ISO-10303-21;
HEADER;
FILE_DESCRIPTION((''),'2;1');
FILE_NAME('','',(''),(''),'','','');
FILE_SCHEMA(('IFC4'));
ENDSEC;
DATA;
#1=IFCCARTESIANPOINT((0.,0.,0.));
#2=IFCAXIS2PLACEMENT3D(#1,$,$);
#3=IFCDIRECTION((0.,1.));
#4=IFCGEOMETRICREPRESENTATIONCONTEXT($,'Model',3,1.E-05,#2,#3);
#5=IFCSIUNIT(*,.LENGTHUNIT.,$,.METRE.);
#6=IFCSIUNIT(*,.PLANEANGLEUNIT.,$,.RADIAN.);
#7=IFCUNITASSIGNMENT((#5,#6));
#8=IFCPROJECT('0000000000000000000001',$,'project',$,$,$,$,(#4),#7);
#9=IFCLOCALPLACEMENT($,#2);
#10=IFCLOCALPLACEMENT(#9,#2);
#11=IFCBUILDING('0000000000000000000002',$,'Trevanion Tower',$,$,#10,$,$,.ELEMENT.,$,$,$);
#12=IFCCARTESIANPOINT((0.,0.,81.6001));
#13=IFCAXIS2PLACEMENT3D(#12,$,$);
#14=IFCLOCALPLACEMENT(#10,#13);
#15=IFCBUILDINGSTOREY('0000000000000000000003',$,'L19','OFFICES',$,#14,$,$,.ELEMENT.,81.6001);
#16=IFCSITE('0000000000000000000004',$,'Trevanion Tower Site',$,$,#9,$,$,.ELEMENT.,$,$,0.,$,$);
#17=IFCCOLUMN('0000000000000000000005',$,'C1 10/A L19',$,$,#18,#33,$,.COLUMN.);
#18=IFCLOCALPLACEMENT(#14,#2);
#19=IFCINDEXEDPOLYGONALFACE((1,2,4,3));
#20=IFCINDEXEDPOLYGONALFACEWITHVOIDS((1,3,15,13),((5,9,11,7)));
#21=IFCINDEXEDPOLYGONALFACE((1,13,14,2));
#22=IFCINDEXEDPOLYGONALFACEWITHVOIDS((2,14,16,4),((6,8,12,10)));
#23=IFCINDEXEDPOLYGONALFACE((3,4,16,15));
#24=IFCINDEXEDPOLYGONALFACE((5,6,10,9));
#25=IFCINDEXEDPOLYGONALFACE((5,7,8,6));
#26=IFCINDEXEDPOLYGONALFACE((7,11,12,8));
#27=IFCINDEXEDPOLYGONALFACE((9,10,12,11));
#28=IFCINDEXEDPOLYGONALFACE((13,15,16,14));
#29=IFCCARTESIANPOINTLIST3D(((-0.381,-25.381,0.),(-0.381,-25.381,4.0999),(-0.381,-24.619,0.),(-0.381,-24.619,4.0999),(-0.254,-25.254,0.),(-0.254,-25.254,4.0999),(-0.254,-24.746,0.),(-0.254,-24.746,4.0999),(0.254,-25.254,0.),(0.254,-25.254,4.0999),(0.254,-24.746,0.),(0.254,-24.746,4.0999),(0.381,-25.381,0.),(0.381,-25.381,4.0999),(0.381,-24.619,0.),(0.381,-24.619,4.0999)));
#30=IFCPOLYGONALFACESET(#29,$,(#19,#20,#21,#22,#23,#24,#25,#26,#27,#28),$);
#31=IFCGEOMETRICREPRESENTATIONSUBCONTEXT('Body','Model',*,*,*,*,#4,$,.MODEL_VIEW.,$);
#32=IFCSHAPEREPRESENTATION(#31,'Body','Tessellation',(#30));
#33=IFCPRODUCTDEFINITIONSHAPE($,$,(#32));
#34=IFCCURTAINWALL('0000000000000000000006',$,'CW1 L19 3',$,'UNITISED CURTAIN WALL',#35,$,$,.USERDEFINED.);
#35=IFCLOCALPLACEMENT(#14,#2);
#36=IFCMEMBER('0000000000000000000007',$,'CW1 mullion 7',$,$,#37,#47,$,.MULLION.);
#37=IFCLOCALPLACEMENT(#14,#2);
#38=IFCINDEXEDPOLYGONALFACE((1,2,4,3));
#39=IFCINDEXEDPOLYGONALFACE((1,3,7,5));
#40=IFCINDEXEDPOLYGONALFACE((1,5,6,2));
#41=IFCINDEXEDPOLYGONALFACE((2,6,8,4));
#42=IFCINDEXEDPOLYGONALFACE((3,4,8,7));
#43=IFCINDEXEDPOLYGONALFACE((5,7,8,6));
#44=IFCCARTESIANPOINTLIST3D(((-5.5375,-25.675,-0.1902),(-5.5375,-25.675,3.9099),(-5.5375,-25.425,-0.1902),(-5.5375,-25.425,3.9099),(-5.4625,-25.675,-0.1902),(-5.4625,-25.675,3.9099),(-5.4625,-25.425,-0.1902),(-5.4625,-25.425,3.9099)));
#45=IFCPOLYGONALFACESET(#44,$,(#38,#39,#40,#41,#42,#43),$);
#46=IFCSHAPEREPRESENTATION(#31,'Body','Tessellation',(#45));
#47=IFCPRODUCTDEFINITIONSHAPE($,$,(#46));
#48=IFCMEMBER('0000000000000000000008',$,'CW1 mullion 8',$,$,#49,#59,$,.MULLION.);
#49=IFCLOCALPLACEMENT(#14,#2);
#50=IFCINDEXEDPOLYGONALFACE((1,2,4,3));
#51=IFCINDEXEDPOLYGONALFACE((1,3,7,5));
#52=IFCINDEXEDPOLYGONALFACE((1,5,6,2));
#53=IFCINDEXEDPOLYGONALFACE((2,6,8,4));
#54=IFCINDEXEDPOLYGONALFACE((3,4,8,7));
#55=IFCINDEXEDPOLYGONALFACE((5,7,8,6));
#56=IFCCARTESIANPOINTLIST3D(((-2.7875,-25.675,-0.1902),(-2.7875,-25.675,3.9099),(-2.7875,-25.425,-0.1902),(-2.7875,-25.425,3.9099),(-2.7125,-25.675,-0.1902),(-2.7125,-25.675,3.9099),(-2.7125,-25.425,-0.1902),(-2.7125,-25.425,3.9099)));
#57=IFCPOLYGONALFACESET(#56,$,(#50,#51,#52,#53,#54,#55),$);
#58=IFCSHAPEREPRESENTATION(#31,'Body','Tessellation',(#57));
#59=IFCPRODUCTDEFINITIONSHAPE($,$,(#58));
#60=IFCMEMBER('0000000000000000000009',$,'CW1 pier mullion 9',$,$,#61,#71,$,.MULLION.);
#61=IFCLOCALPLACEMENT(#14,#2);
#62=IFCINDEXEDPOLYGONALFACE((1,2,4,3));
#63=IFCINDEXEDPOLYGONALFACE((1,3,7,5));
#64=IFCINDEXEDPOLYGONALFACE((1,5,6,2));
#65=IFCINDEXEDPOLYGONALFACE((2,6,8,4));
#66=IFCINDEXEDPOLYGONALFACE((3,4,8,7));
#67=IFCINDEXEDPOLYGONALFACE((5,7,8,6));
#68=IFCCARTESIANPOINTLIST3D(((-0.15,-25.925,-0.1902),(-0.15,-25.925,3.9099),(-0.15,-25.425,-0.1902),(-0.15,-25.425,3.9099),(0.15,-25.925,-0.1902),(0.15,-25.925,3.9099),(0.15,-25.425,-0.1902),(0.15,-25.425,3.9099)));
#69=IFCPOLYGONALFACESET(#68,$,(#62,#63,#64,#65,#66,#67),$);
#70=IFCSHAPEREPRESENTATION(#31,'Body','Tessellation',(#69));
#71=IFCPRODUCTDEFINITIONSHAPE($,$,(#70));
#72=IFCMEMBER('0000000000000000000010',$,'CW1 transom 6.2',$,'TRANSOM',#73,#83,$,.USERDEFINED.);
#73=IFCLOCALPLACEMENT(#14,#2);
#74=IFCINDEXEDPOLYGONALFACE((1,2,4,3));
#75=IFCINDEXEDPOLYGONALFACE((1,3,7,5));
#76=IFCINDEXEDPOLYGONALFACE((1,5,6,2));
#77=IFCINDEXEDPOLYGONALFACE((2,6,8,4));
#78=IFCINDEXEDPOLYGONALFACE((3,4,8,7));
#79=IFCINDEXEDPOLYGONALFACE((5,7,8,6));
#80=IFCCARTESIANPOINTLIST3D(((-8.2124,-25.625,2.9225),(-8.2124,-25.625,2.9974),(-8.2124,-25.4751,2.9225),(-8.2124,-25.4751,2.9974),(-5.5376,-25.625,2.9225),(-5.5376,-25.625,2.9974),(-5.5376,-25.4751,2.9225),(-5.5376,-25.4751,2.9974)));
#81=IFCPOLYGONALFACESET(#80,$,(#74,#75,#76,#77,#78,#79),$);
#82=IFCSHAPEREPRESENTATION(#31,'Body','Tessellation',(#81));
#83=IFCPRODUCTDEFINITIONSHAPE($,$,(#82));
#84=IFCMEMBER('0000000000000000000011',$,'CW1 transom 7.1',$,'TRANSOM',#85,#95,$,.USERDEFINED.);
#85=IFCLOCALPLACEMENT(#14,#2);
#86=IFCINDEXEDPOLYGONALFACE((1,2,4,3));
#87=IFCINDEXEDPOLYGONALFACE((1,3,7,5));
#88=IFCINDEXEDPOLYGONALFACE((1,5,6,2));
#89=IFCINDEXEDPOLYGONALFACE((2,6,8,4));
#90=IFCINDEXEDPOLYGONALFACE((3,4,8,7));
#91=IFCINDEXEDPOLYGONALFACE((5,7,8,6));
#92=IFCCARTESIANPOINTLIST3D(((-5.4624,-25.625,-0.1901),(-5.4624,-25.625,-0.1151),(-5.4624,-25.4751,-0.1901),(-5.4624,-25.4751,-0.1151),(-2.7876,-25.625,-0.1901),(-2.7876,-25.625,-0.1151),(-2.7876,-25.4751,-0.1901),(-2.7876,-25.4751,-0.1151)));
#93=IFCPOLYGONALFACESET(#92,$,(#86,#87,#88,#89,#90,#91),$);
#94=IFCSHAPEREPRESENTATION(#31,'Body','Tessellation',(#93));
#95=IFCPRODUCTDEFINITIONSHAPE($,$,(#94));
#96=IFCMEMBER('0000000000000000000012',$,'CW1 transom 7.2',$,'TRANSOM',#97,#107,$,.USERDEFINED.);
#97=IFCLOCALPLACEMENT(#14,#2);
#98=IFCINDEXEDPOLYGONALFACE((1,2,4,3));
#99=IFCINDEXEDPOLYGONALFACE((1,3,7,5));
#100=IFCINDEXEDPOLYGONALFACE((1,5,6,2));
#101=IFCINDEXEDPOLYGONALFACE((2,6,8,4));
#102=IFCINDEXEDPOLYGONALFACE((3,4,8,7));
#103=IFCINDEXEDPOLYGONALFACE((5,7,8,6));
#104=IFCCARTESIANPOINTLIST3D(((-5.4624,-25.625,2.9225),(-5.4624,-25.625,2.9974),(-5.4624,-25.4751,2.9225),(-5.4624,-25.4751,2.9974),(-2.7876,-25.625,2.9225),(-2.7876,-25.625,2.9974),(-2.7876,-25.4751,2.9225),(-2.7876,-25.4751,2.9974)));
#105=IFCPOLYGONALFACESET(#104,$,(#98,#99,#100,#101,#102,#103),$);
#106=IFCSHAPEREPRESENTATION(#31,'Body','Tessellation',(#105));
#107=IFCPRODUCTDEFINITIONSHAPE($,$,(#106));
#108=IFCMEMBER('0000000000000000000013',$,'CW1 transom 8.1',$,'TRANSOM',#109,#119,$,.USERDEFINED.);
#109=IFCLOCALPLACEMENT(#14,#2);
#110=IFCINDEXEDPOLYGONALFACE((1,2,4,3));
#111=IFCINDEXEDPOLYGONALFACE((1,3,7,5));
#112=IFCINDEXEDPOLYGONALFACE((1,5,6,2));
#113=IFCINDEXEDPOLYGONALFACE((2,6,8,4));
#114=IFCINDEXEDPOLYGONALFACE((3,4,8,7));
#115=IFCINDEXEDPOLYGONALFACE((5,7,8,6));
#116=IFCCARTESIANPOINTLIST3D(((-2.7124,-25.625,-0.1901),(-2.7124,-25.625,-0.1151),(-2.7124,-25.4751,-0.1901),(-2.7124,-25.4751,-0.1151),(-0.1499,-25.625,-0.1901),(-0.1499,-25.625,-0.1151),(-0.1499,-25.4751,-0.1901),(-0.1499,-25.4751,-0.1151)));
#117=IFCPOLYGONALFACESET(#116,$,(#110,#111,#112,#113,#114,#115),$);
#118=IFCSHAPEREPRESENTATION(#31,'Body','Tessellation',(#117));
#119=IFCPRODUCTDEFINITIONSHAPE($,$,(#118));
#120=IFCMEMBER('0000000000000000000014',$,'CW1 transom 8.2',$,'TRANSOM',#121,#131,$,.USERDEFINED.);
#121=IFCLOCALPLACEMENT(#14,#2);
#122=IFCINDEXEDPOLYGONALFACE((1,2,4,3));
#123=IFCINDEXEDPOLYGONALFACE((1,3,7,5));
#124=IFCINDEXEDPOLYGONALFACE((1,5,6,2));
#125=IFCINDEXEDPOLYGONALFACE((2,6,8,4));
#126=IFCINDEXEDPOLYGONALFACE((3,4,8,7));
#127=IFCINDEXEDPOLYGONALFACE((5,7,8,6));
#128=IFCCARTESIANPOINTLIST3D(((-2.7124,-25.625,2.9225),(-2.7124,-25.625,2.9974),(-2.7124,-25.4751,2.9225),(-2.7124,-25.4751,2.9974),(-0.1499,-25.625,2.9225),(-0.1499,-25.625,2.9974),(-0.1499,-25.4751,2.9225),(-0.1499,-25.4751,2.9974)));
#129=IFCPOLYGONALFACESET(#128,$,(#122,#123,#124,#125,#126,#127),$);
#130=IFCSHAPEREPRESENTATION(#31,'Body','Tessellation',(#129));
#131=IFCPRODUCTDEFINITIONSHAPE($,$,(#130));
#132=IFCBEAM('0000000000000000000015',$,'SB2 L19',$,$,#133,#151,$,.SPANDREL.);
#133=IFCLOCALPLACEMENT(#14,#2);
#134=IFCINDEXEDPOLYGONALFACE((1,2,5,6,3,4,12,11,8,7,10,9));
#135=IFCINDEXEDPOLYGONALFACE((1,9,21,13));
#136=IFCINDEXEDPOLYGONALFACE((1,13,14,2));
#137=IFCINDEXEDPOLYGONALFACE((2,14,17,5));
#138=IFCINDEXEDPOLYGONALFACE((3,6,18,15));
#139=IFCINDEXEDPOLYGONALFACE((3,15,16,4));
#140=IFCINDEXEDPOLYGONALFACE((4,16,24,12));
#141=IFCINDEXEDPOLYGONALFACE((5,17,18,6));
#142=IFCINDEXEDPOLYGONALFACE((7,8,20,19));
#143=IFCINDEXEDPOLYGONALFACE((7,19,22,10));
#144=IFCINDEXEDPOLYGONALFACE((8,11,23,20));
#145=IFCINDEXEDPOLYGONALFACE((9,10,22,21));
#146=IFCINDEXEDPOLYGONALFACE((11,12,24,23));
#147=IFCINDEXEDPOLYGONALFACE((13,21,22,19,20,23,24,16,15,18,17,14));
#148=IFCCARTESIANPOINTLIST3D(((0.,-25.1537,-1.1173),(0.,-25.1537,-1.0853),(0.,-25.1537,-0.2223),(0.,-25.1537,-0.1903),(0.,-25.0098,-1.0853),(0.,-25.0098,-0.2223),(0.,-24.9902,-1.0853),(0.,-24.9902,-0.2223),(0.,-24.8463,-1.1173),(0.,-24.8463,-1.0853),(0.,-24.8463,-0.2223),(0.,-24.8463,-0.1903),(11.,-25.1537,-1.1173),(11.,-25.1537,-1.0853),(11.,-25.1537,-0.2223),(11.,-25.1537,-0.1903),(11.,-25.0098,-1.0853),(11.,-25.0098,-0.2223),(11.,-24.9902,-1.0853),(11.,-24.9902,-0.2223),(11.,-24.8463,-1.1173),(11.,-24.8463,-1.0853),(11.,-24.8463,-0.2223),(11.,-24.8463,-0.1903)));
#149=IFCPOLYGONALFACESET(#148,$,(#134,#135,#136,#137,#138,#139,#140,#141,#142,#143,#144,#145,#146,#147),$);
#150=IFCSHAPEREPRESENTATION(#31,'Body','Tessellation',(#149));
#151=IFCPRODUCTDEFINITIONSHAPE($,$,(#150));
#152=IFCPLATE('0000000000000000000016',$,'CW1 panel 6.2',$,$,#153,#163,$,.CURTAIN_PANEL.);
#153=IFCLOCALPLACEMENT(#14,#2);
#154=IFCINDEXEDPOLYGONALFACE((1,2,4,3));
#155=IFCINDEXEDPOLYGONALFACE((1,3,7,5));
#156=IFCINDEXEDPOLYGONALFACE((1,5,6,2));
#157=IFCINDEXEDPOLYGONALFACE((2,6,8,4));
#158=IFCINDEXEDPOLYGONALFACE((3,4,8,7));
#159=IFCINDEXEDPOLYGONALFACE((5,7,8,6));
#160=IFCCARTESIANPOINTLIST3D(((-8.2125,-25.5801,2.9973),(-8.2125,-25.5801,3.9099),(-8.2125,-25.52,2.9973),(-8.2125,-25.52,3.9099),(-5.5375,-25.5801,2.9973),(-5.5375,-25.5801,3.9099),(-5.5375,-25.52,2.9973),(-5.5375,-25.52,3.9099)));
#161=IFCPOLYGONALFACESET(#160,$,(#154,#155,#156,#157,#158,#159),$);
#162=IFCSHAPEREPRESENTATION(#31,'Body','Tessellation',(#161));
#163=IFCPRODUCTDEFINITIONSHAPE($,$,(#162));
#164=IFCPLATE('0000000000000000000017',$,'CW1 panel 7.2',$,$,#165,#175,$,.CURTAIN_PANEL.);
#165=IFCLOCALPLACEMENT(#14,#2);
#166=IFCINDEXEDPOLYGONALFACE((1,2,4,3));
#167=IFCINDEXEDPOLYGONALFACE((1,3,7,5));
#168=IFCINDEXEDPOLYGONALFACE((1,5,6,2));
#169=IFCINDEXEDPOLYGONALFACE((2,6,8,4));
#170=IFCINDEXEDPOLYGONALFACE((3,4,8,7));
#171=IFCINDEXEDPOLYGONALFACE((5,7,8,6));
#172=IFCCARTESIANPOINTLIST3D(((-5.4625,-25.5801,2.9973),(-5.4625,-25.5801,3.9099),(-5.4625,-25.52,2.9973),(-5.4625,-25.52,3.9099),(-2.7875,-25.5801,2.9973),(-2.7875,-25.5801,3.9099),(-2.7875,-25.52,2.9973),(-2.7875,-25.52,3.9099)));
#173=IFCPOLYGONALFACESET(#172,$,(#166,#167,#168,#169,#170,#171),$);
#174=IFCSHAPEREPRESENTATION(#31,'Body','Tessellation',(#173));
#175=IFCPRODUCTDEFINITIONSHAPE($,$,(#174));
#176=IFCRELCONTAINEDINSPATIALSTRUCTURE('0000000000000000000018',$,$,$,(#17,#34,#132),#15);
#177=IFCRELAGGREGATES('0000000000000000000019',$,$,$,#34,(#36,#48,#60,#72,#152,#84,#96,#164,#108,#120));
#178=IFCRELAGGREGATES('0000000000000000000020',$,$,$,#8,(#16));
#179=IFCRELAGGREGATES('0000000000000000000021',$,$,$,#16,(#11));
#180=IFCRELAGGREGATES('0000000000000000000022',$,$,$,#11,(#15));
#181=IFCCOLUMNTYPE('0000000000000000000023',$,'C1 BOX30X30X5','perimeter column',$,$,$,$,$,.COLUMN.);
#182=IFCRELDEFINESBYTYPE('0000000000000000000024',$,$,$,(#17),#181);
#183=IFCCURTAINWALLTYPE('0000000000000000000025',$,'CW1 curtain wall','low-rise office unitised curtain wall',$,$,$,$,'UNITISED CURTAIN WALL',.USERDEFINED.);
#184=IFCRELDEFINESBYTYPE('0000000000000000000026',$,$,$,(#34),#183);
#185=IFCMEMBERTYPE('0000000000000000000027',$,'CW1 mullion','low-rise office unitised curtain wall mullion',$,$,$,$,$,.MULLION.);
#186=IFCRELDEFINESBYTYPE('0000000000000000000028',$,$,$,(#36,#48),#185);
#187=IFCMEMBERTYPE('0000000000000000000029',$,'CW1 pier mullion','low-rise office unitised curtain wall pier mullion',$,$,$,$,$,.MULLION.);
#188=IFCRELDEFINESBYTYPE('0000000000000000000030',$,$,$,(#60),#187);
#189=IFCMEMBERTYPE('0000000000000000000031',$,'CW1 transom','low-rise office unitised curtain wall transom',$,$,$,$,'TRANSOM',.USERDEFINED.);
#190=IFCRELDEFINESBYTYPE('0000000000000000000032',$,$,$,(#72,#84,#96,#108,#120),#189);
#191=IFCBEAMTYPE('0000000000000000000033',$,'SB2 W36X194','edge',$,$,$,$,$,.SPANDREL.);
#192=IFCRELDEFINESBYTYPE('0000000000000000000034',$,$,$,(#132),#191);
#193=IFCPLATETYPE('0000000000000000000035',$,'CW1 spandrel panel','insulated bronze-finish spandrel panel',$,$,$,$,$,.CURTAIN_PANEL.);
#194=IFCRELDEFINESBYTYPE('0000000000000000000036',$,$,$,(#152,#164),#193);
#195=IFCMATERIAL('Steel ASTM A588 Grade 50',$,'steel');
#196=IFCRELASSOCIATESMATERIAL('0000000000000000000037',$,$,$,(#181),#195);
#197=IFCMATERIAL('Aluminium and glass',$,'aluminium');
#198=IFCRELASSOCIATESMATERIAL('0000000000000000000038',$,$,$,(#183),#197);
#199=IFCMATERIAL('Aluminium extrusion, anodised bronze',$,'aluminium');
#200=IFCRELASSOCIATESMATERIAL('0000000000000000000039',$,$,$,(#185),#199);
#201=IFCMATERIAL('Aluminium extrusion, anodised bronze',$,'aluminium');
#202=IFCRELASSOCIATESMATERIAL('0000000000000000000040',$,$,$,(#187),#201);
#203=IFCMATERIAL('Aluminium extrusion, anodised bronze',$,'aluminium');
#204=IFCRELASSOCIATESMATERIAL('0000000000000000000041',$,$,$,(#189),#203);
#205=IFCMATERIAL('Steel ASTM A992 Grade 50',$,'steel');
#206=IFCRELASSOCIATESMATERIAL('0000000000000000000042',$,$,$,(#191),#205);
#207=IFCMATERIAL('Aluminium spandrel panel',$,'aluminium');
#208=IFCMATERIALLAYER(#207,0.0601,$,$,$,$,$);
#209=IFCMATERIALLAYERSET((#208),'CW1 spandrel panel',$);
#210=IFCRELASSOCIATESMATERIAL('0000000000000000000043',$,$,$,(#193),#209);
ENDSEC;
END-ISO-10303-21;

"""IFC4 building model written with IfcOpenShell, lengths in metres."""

from ifc_helpers import new_model, si_unit, direction, frame, origin, origin_2d, place, context, subcontext, project, spatial, rectangle, hollow_rectangle, i_section, extrude, material, layer, layer_set, material_profile, profile_set, type_object, element, aggregate, save


model = new_model("IFC4")

# Units and contexts
model_context = context("Model", 3, precision=1e-05, world=origin(), true_north=direction((0.0, 1.0)))
body_context = subcontext(model_context, "Body", "Model", "MODEL_VIEW")
ifc_project = project(units=[si_unit("LENGTHUNIT", "METRE"), si_unit("PLANEANGLEUNIT", "RADIAN")], contexts=[model_context])

# Site, building, storey
site_placement = place(None, origin())
site = spatial("IfcSite", under=ifc_project, at=site_placement, Name="Trevanion Tower Site", CompositionType="ELEMENT", RefElevation=0.0)
building_placement = place(site_placement, origin())
building = spatial("IfcBuilding", under=site, at=building_placement, Name="Trevanion Tower", CompositionType="ELEMENT")
storey_placement = place(building_placement, frame((0.0, 0.0, 81.6001)))
storey = spatial("IfcBuildingStorey", under=building, at=storey_placement, Name="L19", Description="OFFICES", CompositionType="ELEMENT", Elevation=81.6001)

# Column
ifc_material_1 = material(Name="Steel ASTM A588 Grade 50", Category="steel")
ifc_material_profile_1 = material_profile(ifc_material_1, hollow_rectangle(XDim=0.762, YDim=0.762, WallThickness=0.127, at=origin_2d()), Name="BOX30X30X5")
ifc_profile_set_1 = profile_set([ifc_material_profile_1], Name="Steel ASTM A588 Grade 50")
column_type = type_object("IfcColumnType", Name="C1 BOX30X30X5", Description="perimeter column", PredefinedType="COLUMN", material=ifc_profile_set_1)
column_placement = place(storey_placement, frame((0.0, -25.0, 0.0), z_axis=(0.0, 0.0, 1.0), x_axis=(1.0, 0.0, 0.0)))
element("IfcColumn", 1, at=column_placement, inside=storey, type_object=column_type, Name="C1 10/A L19", PredefinedType="COLUMN", context=body_context, shape_type="SweptSolid", body=[
    extrude(hollow_rectangle(XDim=0.762, YDim=0.762, WallThickness=0.127, at=origin_2d()), origin(), (0.0, 0.0, 1.0), 4.0999),
])

# Curtain wall, members
ifc_material_2 = material(Name="Aluminium and glass", Category="aluminium")
curtain_wall_type = type_object("IfcCurtainWallType", Name="CW1 curtain wall", Description="low-rise office unitised curtain wall", ElementType="UNITISED CURTAIN WALL", PredefinedType="USERDEFINED", material=ifc_material_2)
curtain_wall_placement = place(storey_placement, origin())
curtain_wall = element("IfcCurtainWall", 2, at=curtain_wall_placement, inside=storey, type_object=curtain_wall_type, Name="CW1 L19 3", ObjectType="UNITISED CURTAIN WALL", PredefinedType="USERDEFINED")
ifc_material_3 = material(Name="Aluminium extrusion, anodised bronze", Category="aluminium")
ifc_material_profile_2 = material_profile(ifc_material_3, rectangle(XDim=0.075, YDim=0.25, at=origin_2d()), Name="CW1 mullion")
ifc_profile_set_2 = profile_set([ifc_material_profile_2], Name="Aluminium extrusion, anodised bronze")
member_type_1 = type_object("IfcMemberType", Name="CW1 mullion", Description="low-rise office unitised curtain wall mullion", PredefinedType="MULLION", material=ifc_profile_set_2)
member_1_placement = place(storey_placement, frame((-5.5, -25.55, -0.1902), z_axis=(0.0, 0.0, 1.0), x_axis=(1.0, 0.0, 0.0)))
member_1 = element("IfcMember", 3, at=member_1_placement, type_object=member_type_1, Name="CW1 mullion 7", PredefinedType="MULLION", context=body_context, shape_type="SweptSolid", body=[
    extrude(rectangle(XDim=0.075, YDim=0.25, at=origin_2d()), origin(), (0.0, 0.0, 1.0), 4.1001),
])
member_2_placement = place(storey_placement, frame((-2.75, -25.55, -0.1902), z_axis=(0.0, 0.0, 1.0), x_axis=(1.0, 0.0, 0.0)))
member_2 = element("IfcMember", 4, at=member_2_placement, type_object=member_type_1, Name="CW1 mullion 8", PredefinedType="MULLION", context=body_context, shape_type="SweptSolid", body=[
    extrude(rectangle(XDim=0.075, YDim=0.25, at=origin_2d()), origin(), (0.0, 0.0, 1.0), 4.1001),
])
ifc_material_4 = material(Name="Aluminium extrusion, anodised bronze", Category="aluminium")
ifc_material_profile_3 = material_profile(ifc_material_4, rectangle(XDim=0.3, YDim=0.5, at=origin_2d()), Name="CW1 pier mullion")
ifc_profile_set_3 = profile_set([ifc_material_profile_3], Name="Aluminium extrusion, anodised bronze")
member_type_2 = type_object("IfcMemberType", Name="CW1 pier mullion", Description="low-rise office unitised curtain wall pier mullion", PredefinedType="MULLION", material=ifc_profile_set_3)
member_3_placement = place(storey_placement, frame((0.0, -25.675, -0.1902), z_axis=(0.0, 0.0, 1.0), x_axis=(1.0, 0.0, 0.0)))
member_3 = element("IfcMember", 5, at=member_3_placement, type_object=member_type_2, Name="CW1 pier mullion 9", PredefinedType="MULLION", context=body_context, shape_type="SweptSolid", body=[
    extrude(rectangle(XDim=0.3, YDim=0.5, at=origin_2d()), origin(), (0.0, 0.0, 1.0), 4.1001),
])
ifc_material_5 = material(Name="Aluminium extrusion, anodised bronze", Category="aluminium")
ifc_material_profile_4 = material_profile(ifc_material_5, rectangle(XDim=0.1499, YDim=0.075, at=origin_2d()), Name="CW1 transom")
ifc_profile_set_4 = profile_set([ifc_material_profile_4], Name="Aluminium extrusion, anodised bronze")
member_type_3 = type_object("IfcMemberType", Name="CW1 transom", Description="low-rise office unitised curtain wall transom", ElementType="TRANSOM", PredefinedType="USERDEFINED", material=ifc_profile_set_4)
member_4_placement = place(storey_placement, frame((-8.2124, -25.55, 2.96), z_axis=(1.0, 0.0, 0.0), x_axis=(0.0, 1.0, 0.0)))
member_4 = element("IfcMember", 6, at=member_4_placement, type_object=member_type_3, Name="CW1 transom 6.2", ObjectType="TRANSOM", PredefinedType="USERDEFINED", context=body_context, shape_type="SweptSolid", body=[
    extrude(rectangle(XDim=0.1499, YDim=0.075, at=origin_2d()), origin(), (0.0, 0.0, 1.0), 2.6748),
])
member_5_placement = place(storey_placement, frame((-5.4624, -25.55, -0.1526), z_axis=(1.0, 0.0, 0.0), x_axis=(0.0, 1.0, 0.0)))
member_5 = element("IfcMember", 7, at=member_5_placement, type_object=member_type_3, Name="CW1 transom 7.1", ObjectType="TRANSOM", PredefinedType="USERDEFINED", context=body_context, shape_type="SweptSolid", body=[
    extrude(rectangle(XDim=0.1499, YDim=0.075, at=origin_2d()), origin(), (0.0, 0.0, 1.0), 2.6748),
])
member_6_placement = place(storey_placement, frame((-5.4624, -25.55, 2.96), z_axis=(1.0, 0.0, 0.0), x_axis=(0.0, 1.0, 0.0)))
member_6 = element("IfcMember", 8, at=member_6_placement, type_object=member_type_3, Name="CW1 transom 7.2", ObjectType="TRANSOM", PredefinedType="USERDEFINED", context=body_context, shape_type="SweptSolid", body=[
    extrude(rectangle(XDim=0.1499, YDim=0.075, at=origin_2d()), origin(), (0.0, 0.0, 1.0), 2.6748),
])
member_7_placement = place(storey_placement, frame((-2.7124, -25.55, -0.1526), z_axis=(1.0, 0.0, 0.0), x_axis=(0.0, 1.0, 0.0)))
member_7 = element("IfcMember", 9, at=member_7_placement, type_object=member_type_3, Name="CW1 transom 8.1", ObjectType="TRANSOM", PredefinedType="USERDEFINED", context=body_context, shape_type="SweptSolid", body=[
    extrude(rectangle(XDim=0.1499, YDim=0.075, at=origin_2d()), origin(), (0.0, 0.0, 1.0), 2.5625),
])
member_8_placement = place(storey_placement, frame((-2.7124, -25.55, 2.96), z_axis=(1.0, 0.0, 0.0), x_axis=(0.0, 1.0, 0.0)))
member_8 = element("IfcMember", 10, at=member_8_placement, type_object=member_type_3, Name="CW1 transom 8.2", ObjectType="TRANSOM", PredefinedType="USERDEFINED", context=body_context, shape_type="SweptSolid", body=[
    extrude(rectangle(XDim=0.1499, YDim=0.075, at=origin_2d()), origin(), (0.0, 0.0, 1.0), 2.5625),
])

# Beam
ifc_material_6 = material(Name="Steel ASTM A992 Grade 50", Category="steel")
ifc_material_profile_5 = material_profile(ifc_material_6, i_section(OverallWidth=0.3074, OverallDepth=0.927, WebThickness=0.0195, FlangeThickness=0.032, at=origin_2d()), Name="W36X194")
ifc_profile_set_5 = profile_set([ifc_material_profile_5], Name="Steel ASTM A992 Grade 50")
beam_type = type_object("IfcBeamType", Name="SB2 W36X194", Description="edge", PredefinedType="SPANDREL", material=ifc_profile_set_5)
beam_placement = place(storey_placement, frame((0.0, -25.0, -0.6538), z_axis=(1.0, 0.0, 0.0), x_axis=(0.0, 1.0, 0.0)))
element("IfcBeam", 11, at=beam_placement, inside=storey, type_object=beam_type, Name="SB2 L19", PredefinedType="SPANDREL", context=body_context, shape_type="SweptSolid", body=[
    extrude(i_section(OverallWidth=0.3074, OverallDepth=0.927, WebThickness=0.0195, FlangeThickness=0.032, at=origin_2d()), origin(), (0.0, 0.0, 1.0), 11.0),
])

# Plates
ifc_material_7 = material(Name="Aluminium spandrel panel", Category="aluminium")
ifc_layer_1 = layer(ifc_material_7, 0.0601)
ifc_layer_set_1 = layer_set([ifc_layer_1], Name="CW1 spandrel panel")
plate_type_1 = type_object("IfcPlateType", Name="CW1 spandrel panel", Description="insulated bronze-finish spandrel panel", PredefinedType="CURTAIN_PANEL", material=ifc_layer_set_1)
plate_1_placement = place(storey_placement, frame((-6.875, -25.55, 2.9973), z_axis=(0.0, 0.0, 1.0), x_axis=(1.0, 0.0, 0.0)))
plate_1 = element("IfcPlate", 12, at=plate_1_placement, type_object=plate_type_1, Name="CW1 panel 6.2", PredefinedType="CURTAIN_PANEL", context=body_context, shape_type="SweptSolid", body=[
    extrude(rectangle(XDim=2.675, YDim=0.0601, at=origin_2d()), origin(), (0.0, 0.0, 1.0), 0.9126),
])
plate_2_placement = place(storey_placement, frame((-4.125, -25.55, 2.9973), z_axis=(0.0, 0.0, 1.0), x_axis=(1.0, 0.0, 0.0)))
plate_2 = element("IfcPlate", 13, at=plate_2_placement, type_object=plate_type_1, Name="CW1 panel 7.2", PredefinedType="CURTAIN_PANEL", context=body_context, shape_type="SweptSolid", body=[
    extrude(rectangle(XDim=2.675, YDim=0.0601, at=origin_2d()), origin(), (0.0, 0.0, 1.0), 0.9126),
])
aggregate(curtain_wall, [member_1, member_2, member_3, member_4, plate_1, member_5, member_6, plate_2, member_7, member_8])

save(model, "model.ifc")
